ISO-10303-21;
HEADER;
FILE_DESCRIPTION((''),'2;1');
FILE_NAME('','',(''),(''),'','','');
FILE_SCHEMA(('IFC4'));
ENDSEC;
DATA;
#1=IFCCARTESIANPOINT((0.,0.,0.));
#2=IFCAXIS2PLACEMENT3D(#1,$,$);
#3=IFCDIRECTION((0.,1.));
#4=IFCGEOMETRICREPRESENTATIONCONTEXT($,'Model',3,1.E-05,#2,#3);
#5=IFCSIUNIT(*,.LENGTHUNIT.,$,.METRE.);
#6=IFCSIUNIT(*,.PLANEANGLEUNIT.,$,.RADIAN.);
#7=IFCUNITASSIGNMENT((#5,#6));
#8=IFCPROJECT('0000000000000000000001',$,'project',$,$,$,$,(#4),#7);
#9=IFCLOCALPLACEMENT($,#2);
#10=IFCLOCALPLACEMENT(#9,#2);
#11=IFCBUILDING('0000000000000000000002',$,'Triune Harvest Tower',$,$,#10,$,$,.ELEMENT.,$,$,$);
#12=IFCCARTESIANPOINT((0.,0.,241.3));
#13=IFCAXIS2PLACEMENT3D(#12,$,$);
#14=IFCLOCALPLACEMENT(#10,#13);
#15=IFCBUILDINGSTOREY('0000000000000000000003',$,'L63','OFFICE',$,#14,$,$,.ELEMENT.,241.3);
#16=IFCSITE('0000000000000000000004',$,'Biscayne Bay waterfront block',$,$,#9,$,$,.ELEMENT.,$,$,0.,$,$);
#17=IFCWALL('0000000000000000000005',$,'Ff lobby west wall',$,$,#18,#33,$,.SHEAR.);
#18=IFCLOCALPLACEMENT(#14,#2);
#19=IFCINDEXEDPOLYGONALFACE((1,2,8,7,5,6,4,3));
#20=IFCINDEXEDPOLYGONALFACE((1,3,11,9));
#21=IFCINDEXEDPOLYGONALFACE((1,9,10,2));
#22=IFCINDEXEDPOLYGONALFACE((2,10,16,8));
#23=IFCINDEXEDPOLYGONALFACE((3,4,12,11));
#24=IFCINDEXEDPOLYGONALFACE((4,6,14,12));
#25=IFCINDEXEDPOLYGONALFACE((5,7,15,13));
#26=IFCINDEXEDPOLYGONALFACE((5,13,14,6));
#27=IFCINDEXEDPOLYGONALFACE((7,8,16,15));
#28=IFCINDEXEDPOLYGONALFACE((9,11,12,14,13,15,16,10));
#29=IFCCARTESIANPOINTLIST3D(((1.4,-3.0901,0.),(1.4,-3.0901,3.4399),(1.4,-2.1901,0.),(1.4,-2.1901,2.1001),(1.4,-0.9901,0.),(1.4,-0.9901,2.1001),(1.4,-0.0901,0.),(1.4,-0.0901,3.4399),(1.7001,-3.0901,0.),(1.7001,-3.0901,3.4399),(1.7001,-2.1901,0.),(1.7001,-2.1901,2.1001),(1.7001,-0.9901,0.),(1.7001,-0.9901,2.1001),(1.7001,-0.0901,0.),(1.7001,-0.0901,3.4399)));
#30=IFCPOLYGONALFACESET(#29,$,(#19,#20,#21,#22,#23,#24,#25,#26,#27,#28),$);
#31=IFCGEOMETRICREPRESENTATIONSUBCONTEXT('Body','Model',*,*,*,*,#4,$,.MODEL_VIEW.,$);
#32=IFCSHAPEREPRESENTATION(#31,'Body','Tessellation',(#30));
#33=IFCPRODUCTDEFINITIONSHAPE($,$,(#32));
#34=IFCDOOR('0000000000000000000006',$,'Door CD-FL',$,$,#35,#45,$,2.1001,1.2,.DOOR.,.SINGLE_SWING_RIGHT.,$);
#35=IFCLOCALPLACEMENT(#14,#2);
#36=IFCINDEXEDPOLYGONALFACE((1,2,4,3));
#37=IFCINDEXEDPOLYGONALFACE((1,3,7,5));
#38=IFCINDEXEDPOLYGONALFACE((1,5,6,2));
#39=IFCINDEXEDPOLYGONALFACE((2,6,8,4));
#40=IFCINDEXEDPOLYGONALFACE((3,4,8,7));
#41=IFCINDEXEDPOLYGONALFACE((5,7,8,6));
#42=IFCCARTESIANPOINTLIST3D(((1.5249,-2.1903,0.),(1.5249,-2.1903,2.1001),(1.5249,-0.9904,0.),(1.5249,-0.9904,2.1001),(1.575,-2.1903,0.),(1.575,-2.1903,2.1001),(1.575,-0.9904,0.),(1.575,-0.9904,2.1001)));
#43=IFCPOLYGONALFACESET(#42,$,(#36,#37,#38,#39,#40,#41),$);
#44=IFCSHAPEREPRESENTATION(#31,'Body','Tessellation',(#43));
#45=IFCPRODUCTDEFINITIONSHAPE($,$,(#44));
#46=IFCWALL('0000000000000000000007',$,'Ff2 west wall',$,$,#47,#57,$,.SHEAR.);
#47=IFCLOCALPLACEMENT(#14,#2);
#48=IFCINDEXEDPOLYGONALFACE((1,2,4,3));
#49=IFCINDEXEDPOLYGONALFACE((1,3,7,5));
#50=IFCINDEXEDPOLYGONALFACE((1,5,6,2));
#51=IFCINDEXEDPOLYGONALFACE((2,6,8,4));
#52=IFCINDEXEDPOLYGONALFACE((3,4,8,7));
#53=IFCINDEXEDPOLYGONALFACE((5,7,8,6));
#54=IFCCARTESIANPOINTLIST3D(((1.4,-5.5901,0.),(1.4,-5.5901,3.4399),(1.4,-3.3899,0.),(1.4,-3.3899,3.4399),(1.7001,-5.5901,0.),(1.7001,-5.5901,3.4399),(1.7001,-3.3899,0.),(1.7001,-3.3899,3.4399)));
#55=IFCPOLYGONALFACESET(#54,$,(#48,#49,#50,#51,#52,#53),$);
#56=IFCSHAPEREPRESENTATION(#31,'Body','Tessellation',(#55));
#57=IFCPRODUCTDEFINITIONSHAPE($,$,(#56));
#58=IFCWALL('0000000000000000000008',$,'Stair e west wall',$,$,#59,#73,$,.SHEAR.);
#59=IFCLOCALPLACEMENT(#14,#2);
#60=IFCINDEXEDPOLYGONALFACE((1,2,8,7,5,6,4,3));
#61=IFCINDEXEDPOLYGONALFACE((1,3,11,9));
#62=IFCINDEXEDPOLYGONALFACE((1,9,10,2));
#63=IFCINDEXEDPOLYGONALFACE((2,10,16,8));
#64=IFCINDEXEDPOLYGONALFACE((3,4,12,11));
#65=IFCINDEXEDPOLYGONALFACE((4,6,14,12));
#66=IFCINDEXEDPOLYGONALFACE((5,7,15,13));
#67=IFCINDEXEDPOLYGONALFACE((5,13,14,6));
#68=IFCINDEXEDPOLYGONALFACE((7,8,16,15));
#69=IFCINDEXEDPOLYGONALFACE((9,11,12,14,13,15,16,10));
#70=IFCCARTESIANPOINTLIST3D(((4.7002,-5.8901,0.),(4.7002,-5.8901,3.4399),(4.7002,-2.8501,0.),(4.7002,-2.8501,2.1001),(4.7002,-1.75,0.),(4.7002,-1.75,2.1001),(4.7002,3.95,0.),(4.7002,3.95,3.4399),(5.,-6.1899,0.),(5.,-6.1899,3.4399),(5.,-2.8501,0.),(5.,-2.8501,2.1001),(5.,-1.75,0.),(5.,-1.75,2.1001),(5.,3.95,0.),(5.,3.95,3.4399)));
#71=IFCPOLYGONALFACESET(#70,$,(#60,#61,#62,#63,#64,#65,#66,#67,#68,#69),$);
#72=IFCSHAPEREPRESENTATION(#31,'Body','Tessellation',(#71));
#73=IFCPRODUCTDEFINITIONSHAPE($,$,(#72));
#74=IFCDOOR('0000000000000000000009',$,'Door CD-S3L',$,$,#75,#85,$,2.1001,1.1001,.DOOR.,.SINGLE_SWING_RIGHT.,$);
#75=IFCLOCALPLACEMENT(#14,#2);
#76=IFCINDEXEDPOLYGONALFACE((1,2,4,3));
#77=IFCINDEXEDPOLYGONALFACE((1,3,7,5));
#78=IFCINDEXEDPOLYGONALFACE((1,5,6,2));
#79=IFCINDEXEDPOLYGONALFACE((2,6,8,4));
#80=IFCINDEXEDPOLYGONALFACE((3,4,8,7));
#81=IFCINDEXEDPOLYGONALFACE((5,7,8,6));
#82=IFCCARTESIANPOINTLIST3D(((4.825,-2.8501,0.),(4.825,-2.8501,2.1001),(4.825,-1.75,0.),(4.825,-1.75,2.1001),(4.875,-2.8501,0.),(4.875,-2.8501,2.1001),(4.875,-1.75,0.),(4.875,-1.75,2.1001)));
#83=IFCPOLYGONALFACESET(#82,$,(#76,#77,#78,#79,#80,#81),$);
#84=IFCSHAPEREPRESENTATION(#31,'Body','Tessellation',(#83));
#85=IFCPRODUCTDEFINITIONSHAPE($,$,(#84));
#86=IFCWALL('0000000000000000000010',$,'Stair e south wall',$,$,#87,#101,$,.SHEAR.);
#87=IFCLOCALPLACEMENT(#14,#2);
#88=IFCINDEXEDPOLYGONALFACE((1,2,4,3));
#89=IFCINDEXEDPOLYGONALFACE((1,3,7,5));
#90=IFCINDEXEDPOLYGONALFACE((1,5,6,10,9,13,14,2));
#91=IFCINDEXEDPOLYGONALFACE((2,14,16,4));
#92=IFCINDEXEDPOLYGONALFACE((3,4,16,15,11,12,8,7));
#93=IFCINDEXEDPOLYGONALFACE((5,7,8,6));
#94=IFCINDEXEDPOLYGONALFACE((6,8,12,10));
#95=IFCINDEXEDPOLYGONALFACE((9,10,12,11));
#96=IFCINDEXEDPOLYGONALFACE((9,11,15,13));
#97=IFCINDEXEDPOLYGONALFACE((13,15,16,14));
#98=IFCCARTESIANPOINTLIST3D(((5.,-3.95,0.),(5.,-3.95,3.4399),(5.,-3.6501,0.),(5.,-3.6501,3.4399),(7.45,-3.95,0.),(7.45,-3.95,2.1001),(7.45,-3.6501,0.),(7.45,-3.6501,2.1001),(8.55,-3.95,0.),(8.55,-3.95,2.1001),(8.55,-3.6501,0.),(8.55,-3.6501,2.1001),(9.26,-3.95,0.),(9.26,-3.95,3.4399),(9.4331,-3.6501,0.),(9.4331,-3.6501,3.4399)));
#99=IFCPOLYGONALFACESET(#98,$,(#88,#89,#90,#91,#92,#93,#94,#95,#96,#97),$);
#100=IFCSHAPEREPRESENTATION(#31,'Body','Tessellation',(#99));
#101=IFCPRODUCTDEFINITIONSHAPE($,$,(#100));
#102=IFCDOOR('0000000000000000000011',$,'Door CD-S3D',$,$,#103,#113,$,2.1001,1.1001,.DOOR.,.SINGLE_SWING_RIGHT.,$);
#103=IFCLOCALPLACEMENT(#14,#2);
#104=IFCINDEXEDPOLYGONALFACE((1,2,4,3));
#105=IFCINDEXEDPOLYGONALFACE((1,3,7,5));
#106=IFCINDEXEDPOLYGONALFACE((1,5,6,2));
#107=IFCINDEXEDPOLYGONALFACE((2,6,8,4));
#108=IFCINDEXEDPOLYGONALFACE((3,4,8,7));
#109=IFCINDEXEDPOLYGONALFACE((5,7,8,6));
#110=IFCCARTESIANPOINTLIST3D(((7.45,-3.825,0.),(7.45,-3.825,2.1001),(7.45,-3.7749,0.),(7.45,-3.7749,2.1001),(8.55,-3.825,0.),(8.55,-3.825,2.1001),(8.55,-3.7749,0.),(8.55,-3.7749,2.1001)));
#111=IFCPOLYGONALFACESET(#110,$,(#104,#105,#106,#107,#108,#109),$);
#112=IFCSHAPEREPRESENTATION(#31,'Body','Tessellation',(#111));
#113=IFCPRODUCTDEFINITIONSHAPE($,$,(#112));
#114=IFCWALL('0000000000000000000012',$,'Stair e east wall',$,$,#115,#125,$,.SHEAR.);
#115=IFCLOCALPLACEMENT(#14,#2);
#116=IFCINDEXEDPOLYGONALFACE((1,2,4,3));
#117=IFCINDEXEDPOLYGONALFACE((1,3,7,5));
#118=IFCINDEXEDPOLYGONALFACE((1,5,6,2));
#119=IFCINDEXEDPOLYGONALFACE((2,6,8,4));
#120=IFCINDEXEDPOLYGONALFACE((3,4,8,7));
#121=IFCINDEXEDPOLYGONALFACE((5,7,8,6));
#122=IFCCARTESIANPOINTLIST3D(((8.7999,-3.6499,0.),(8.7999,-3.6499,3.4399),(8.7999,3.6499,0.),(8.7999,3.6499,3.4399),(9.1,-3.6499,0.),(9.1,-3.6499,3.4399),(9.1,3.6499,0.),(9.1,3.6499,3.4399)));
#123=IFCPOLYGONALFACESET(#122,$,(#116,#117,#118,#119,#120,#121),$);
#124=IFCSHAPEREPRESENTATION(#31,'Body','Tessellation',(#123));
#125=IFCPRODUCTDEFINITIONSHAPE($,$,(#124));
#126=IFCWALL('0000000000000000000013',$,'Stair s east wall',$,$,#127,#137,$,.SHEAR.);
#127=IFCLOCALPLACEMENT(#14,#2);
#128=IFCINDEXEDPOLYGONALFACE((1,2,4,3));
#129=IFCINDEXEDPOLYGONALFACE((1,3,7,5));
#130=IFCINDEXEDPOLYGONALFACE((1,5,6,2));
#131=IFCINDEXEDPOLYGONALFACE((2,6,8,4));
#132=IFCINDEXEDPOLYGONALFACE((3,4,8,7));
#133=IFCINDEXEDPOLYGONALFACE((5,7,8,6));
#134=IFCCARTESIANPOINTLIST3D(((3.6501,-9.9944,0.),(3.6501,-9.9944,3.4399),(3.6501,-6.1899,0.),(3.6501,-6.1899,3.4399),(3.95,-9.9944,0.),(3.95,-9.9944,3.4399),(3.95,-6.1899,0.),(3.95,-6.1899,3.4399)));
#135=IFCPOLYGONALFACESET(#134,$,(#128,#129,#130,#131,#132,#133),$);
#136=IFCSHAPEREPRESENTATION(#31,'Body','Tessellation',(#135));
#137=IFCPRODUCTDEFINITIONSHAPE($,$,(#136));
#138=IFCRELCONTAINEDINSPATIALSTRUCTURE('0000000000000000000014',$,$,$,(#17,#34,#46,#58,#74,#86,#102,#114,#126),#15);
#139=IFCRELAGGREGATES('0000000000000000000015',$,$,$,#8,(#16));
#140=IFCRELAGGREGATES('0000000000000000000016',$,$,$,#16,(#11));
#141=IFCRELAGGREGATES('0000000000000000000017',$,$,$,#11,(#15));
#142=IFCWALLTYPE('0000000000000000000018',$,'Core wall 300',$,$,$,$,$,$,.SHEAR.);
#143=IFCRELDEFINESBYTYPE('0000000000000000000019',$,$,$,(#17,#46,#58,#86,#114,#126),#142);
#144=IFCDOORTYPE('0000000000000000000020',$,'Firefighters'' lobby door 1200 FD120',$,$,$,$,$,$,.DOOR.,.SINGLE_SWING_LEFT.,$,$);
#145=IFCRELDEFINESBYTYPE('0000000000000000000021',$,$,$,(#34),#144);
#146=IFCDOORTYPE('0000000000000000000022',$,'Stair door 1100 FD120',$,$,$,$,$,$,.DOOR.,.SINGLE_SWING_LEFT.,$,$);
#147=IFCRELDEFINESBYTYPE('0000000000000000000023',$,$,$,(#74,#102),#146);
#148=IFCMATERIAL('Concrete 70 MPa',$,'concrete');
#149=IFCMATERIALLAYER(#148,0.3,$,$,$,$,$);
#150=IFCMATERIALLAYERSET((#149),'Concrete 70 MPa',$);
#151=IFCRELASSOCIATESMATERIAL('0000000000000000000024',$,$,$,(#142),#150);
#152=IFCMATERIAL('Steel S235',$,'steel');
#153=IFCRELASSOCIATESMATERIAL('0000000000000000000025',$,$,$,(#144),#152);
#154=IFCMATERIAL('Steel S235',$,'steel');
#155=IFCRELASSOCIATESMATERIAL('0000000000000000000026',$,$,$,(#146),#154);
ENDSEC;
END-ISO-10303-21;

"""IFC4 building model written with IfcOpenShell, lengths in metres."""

from ifc_helpers import new_model, si_unit, direction, frame, frame_2d, origin, place, context, subcontext, project, spatial, polyline, rectangle, outline, extrude, source, transform, mapped, material, layer, layer_set, type_object, element, fill, save


model = new_model("IFC4")

# Units and contexts
model_context = context("Model", 3, precision=1e-05, world=origin(), true_north=direction((0.0, 1.0)))
body_context = subcontext(model_context, "Body", "Model", "MODEL_VIEW")
ifc_project = project(units=[si_unit("LENGTHUNIT", "METRE"), si_unit("PLANEANGLEUNIT", "RADIAN")], contexts=[model_context])

# Site, building, storey
site_placement = place(None, origin())
site = spatial("IfcSite", under=ifc_project, at=site_placement, Name="Biscayne Bay waterfront block", CompositionType="ELEMENT", RefElevation=0.0)
building_placement = place(site_placement, origin())
building = spatial("IfcBuilding", under=site, at=building_placement, Name="Triune Harvest Tower", CompositionType="ELEMENT")
storey_placement = place(building_placement, frame((0.0, 0.0, 241.3)))
storey = spatial("IfcBuildingStorey", under=building, at=storey_placement, Name="L63", Description="OFFICE", CompositionType="ELEMENT", Elevation=241.3)

# Shared definitions
ifc_material_1 = material(Name="Concrete 70 MPa", Category="concrete")
ifc_layer_1 = layer(ifc_material_1, 0.3)
ifc_layer_set_1 = layer_set([ifc_layer_1], Name="Concrete 70 MPa")
wall_type_1 = type_object("IfcWallType", Name="Core wall 300", PredefinedType="SHEAR", material=ifc_layer_set_1)

# Wall, opening, door
shared_shape_1 = source(origin(), body_context, "Body", "SweptSolid", [
    extrude(rectangle(XDim=3.0, YDim=0.3, at=frame_2d((1.5, 0.0))), origin(), (0.0, 0.0, 1.0), 3.4399),
])
wall_1_placement = place(storey_placement, frame((1.55, -3.0901, 0.0), z_axis=(0.0, 0.0, 1.0), x_axis=(0.0, 1.0, 0.0)))
wall_1 = element("IfcWall", 1, at=wall_1_placement, inside=storey, type_object=wall_type_1, Name="Ff lobby west wall", PredefinedType="SHEAR", context=body_context, shape_type="MappedRepresentation", body=[
    mapped(shared_shape_1, transform((0.0, 0.0, 0.0), scale=1.0)),
])
opening_1_placement = place(wall_1_placement, frame((0.8999, 0.0, 0.0)))
opening_1 = element("IfcOpeningElement", 2, at=opening_1_placement, cuts=wall_1, PredefinedType="OPENING", context=body_context, shape_type="SweptSolid", body=[
    extrude(rectangle(XDim=1.2, YDim=2.1001, at=frame_2d((0.6001, 1.05))), frame((0.0, 0.1602, 0.0), z_axis=(0.0, -1.0, 0.0), x_axis=(1.0, 0.0, 0.0)), (0.0, 0.0, 1.0), 0.3201),
])
ifc_material_2 = material(Name="Steel S235", Category="steel")
door_type_1 = type_object("IfcDoorType", Name="Firefighters' lobby door 1200 FD120", OperationType="SINGLE_SWING_LEFT", PredefinedType="DOOR", material=ifc_material_2)
door_1_placement = place(opening_1_placement, frame((1.2, 0.0, 0.0), z_axis=(0.0, 0.0, 1.0), x_axis=(-1.0, 0.0, 0.0)))
door_1 = element("IfcDoor", 3, at=door_1_placement, inside=storey, type_object=door_type_1, Name="Door CD-FL", OperationType="SINGLE_SWING_RIGHT", OverallHeight=2.1001, OverallWidth=1.2, PredefinedType="DOOR", context=body_context, shape_type="SweptSolid", body=[
    extrude(rectangle(XDim=1.2, YDim=2.1001, at=frame_2d((0.6001, 1.05))), frame((0.0, 0.0249, 0.0), z_axis=(0.0, -1.0, 0.0), x_axis=(1.0, 0.0, 0.0)), (0.0, 0.0, 1.0), 0.05),
])
fill(opening_1, door_1)

# Wall
shared_shape_2 = source(origin(), body_context, "Body", "SweptSolid", [
    extrude(rectangle(XDim=2.2002, YDim=0.3, at=frame_2d((1.1001, 0.0))), origin(), (0.0, 0.0, 1.0), 3.4399),
])
wall_2_placement = place(storey_placement, frame((1.55, -5.5901, 0.0), z_axis=(0.0, 0.0, 1.0), x_axis=(0.0, 1.0, 0.0)))
element("IfcWall", 4, at=wall_2_placement, inside=storey, type_object=wall_type_1, Name="Ff2 west wall", PredefinedType="SHEAR", context=body_context, shape_type="MappedRepresentation", body=[
    mapped(shared_shape_2, transform((0.0, 0.0, 0.0), scale=1.0)),
])

# Walls, openings, doors
shared_shape_3 = source(origin(), body_context, "Body", "SweptSolid", [
    extrude(outline(polyline([(-0.1499, -0.1499), (9.99, -0.1499), (9.99, 0.1499), (0.1499, 0.1499), (-0.1499, -0.1499)])), origin(), (0.0, 0.0, 1.0), 3.4399),
])
wall_3_placement = place(storey_placement, frame((4.8501, -6.04, 0.0), z_axis=(0.0, 0.0, 1.0), x_axis=(0.0, 1.0, 0.0)))
wall_3 = element("IfcWall", 5, at=wall_3_placement, inside=storey, type_object=wall_type_1, Name="Stair e west wall", PredefinedType="SHEAR", context=body_context, shape_type="MappedRepresentation", body=[
    mapped(shared_shape_3, transform((0.0, 0.0, 0.0), scale=1.0)),
])
opening_2_placement = place(wall_3_placement, frame((3.1899, 0.0, 0.0)))
opening_2 = element("IfcOpeningElement", 6, at=opening_2_placement, cuts=wall_3, PredefinedType="OPENING", context=body_context, shape_type="SweptSolid", body=[
    extrude(rectangle(XDim=1.1001, YDim=2.1001, at=frame_2d((0.55, 1.05))), frame((0.0, 0.1602, 0.0), z_axis=(0.0, -1.0, 0.0), x_axis=(1.0, 0.0, 0.0)), (0.0, 0.0, 1.0), 0.3201),
])
ifc_material_3 = material(Name="Steel S235", Category="steel")
door_type_2 = type_object("IfcDoorType", Name="Stair door 1100 FD120", OperationType="SINGLE_SWING_LEFT", PredefinedType="DOOR", material=ifc_material_3)
door_2_placement = place(opening_2_placement, frame((1.1001, 0.0, 0.0), z_axis=(0.0, 0.0, 1.0), x_axis=(-1.0, 0.0, 0.0)))
door_2 = element("IfcDoor", 7, at=door_2_placement, inside=storey, type_object=door_type_2, Name="Door CD-S3L", OperationType="SINGLE_SWING_RIGHT", OverallHeight=2.1001, OverallWidth=1.1001, PredefinedType="DOOR", context=body_context, shape_type="SweptSolid", body=[
    extrude(rectangle(XDim=1.1001, YDim=2.1001, at=frame_2d((0.55, 1.05))), frame((0.0, 0.0249, 0.0), z_axis=(0.0, -1.0, 0.0), x_axis=(1.0, 0.0, 0.0)), (0.0, 0.0, 1.0), 0.05),
])
fill(opening_2, door_2)
shared_shape_4 = source(origin(), body_context, "Body", "SweptSolid", [
    extrude(outline(polyline([(0.0, -0.1499), (0.0, 0.1499), (4.4331, 0.1499), (4.26, -0.1499), (0.0, -0.1499)])), origin(), (0.0, 0.0, 1.0), 3.4399),
])
wall_4_placement = place(storey_placement, frame((5.0, -3.8, 0.0), z_axis=(0.0, 0.0, 1.0), x_axis=(1.0, 0.0, 0.0)))
wall_4 = element("IfcWall", 8, at=wall_4_placement, inside=storey, type_object=wall_type_1, Name="Stair e south wall", PredefinedType="SHEAR", context=body_context, shape_type="MappedRepresentation", body=[
    mapped(shared_shape_4, transform((0.0, 0.0, 0.0), scale=1.0)),
])
opening_3_placement = place(wall_4_placement, frame((2.45, 0.0, 0.0)))
opening_3 = element("IfcOpeningElement", 9, at=opening_3_placement, cuts=wall_4, PredefinedType="OPENING", context=body_context, shape_type="SweptSolid", body=[
    extrude(rectangle(XDim=1.1001, YDim=2.1001, at=frame_2d((0.55, 1.05))), frame((0.0, 0.1602, 0.0), z_axis=(0.0, -1.0, 0.0), x_axis=(1.0, 0.0, 0.0)), (0.0, 0.0, 1.0), 0.3201),
])
door_3_placement = place(opening_3_placement, frame((1.1001, 0.0, 0.0), z_axis=(0.0, 0.0, 1.0), x_axis=(-1.0, 0.0, 0.0)))
door_3 = element("IfcDoor", 10, at=door_3_placement, inside=storey, type_object=door_type_2, Name="Door CD-S3D", OperationType="SINGLE_SWING_RIGHT", OverallHeight=2.1001, OverallWidth=1.1001, PredefinedType="DOOR", context=body_context, shape_type="SweptSolid", body=[
    extrude(rectangle(XDim=1.1001, YDim=2.1001, at=frame_2d((0.55, 1.05))), frame((0.0, 0.0249, 0.0), z_axis=(0.0, -1.0, 0.0), x_axis=(1.0, 0.0, 0.0)), (0.0, 0.0, 1.0), 0.05),
])
fill(opening_3, door_3)

# Walls
shared_shape_5 = source(origin(), body_context, "Body", "SweptSolid", [
    extrude(rectangle(XDim=7.2998, YDim=0.3, at=frame_2d((3.6499, 0.0))), origin(), (0.0, 0.0, 1.0), 3.4399),
])
wall_5_placement = place(storey_placement, frame((8.95, -3.6499, 0.0), z_axis=(0.0, 0.0, 1.0), x_axis=(0.0, 1.0, 0.0)))
element("IfcWall", 11, at=wall_5_placement, inside=storey, type_object=wall_type_1, Name="Stair e east wall", PredefinedType="SHEAR", context=body_context, shape_type="MappedRepresentation", body=[
    mapped(shared_shape_5, transform((0.0, 0.0, 0.0), scale=1.0)),
])
shared_shape_6 = source(origin(), body_context, "Body", "SweptSolid", [
    extrude(outline(polyline([(3.8, -0.1499), (-0.0044, -0.1499), (-0.0044, 0.1499), (3.8, 0.1499), (3.8, -0.1499)])), origin(), (0.0, 0.0, 1.0), 3.4399),
])
wall_6_placement = place(storey_placement, frame((3.8, -9.99, 0.0), z_axis=(0.0, 0.0, 1.0), x_axis=(0.0, 1.0, 0.0)))
element("IfcWall", 12, at=wall_6_placement, inside=storey, type_object=wall_type_1, Name="Stair s east wall", PredefinedType="SHEAR", context=body_context, shape_type="MappedRepresentation", body=[
    mapped(shared_shape_6, transform((0.0, 0.0, 0.0), scale=1.0)),
])

save(model, "model.ifc")
